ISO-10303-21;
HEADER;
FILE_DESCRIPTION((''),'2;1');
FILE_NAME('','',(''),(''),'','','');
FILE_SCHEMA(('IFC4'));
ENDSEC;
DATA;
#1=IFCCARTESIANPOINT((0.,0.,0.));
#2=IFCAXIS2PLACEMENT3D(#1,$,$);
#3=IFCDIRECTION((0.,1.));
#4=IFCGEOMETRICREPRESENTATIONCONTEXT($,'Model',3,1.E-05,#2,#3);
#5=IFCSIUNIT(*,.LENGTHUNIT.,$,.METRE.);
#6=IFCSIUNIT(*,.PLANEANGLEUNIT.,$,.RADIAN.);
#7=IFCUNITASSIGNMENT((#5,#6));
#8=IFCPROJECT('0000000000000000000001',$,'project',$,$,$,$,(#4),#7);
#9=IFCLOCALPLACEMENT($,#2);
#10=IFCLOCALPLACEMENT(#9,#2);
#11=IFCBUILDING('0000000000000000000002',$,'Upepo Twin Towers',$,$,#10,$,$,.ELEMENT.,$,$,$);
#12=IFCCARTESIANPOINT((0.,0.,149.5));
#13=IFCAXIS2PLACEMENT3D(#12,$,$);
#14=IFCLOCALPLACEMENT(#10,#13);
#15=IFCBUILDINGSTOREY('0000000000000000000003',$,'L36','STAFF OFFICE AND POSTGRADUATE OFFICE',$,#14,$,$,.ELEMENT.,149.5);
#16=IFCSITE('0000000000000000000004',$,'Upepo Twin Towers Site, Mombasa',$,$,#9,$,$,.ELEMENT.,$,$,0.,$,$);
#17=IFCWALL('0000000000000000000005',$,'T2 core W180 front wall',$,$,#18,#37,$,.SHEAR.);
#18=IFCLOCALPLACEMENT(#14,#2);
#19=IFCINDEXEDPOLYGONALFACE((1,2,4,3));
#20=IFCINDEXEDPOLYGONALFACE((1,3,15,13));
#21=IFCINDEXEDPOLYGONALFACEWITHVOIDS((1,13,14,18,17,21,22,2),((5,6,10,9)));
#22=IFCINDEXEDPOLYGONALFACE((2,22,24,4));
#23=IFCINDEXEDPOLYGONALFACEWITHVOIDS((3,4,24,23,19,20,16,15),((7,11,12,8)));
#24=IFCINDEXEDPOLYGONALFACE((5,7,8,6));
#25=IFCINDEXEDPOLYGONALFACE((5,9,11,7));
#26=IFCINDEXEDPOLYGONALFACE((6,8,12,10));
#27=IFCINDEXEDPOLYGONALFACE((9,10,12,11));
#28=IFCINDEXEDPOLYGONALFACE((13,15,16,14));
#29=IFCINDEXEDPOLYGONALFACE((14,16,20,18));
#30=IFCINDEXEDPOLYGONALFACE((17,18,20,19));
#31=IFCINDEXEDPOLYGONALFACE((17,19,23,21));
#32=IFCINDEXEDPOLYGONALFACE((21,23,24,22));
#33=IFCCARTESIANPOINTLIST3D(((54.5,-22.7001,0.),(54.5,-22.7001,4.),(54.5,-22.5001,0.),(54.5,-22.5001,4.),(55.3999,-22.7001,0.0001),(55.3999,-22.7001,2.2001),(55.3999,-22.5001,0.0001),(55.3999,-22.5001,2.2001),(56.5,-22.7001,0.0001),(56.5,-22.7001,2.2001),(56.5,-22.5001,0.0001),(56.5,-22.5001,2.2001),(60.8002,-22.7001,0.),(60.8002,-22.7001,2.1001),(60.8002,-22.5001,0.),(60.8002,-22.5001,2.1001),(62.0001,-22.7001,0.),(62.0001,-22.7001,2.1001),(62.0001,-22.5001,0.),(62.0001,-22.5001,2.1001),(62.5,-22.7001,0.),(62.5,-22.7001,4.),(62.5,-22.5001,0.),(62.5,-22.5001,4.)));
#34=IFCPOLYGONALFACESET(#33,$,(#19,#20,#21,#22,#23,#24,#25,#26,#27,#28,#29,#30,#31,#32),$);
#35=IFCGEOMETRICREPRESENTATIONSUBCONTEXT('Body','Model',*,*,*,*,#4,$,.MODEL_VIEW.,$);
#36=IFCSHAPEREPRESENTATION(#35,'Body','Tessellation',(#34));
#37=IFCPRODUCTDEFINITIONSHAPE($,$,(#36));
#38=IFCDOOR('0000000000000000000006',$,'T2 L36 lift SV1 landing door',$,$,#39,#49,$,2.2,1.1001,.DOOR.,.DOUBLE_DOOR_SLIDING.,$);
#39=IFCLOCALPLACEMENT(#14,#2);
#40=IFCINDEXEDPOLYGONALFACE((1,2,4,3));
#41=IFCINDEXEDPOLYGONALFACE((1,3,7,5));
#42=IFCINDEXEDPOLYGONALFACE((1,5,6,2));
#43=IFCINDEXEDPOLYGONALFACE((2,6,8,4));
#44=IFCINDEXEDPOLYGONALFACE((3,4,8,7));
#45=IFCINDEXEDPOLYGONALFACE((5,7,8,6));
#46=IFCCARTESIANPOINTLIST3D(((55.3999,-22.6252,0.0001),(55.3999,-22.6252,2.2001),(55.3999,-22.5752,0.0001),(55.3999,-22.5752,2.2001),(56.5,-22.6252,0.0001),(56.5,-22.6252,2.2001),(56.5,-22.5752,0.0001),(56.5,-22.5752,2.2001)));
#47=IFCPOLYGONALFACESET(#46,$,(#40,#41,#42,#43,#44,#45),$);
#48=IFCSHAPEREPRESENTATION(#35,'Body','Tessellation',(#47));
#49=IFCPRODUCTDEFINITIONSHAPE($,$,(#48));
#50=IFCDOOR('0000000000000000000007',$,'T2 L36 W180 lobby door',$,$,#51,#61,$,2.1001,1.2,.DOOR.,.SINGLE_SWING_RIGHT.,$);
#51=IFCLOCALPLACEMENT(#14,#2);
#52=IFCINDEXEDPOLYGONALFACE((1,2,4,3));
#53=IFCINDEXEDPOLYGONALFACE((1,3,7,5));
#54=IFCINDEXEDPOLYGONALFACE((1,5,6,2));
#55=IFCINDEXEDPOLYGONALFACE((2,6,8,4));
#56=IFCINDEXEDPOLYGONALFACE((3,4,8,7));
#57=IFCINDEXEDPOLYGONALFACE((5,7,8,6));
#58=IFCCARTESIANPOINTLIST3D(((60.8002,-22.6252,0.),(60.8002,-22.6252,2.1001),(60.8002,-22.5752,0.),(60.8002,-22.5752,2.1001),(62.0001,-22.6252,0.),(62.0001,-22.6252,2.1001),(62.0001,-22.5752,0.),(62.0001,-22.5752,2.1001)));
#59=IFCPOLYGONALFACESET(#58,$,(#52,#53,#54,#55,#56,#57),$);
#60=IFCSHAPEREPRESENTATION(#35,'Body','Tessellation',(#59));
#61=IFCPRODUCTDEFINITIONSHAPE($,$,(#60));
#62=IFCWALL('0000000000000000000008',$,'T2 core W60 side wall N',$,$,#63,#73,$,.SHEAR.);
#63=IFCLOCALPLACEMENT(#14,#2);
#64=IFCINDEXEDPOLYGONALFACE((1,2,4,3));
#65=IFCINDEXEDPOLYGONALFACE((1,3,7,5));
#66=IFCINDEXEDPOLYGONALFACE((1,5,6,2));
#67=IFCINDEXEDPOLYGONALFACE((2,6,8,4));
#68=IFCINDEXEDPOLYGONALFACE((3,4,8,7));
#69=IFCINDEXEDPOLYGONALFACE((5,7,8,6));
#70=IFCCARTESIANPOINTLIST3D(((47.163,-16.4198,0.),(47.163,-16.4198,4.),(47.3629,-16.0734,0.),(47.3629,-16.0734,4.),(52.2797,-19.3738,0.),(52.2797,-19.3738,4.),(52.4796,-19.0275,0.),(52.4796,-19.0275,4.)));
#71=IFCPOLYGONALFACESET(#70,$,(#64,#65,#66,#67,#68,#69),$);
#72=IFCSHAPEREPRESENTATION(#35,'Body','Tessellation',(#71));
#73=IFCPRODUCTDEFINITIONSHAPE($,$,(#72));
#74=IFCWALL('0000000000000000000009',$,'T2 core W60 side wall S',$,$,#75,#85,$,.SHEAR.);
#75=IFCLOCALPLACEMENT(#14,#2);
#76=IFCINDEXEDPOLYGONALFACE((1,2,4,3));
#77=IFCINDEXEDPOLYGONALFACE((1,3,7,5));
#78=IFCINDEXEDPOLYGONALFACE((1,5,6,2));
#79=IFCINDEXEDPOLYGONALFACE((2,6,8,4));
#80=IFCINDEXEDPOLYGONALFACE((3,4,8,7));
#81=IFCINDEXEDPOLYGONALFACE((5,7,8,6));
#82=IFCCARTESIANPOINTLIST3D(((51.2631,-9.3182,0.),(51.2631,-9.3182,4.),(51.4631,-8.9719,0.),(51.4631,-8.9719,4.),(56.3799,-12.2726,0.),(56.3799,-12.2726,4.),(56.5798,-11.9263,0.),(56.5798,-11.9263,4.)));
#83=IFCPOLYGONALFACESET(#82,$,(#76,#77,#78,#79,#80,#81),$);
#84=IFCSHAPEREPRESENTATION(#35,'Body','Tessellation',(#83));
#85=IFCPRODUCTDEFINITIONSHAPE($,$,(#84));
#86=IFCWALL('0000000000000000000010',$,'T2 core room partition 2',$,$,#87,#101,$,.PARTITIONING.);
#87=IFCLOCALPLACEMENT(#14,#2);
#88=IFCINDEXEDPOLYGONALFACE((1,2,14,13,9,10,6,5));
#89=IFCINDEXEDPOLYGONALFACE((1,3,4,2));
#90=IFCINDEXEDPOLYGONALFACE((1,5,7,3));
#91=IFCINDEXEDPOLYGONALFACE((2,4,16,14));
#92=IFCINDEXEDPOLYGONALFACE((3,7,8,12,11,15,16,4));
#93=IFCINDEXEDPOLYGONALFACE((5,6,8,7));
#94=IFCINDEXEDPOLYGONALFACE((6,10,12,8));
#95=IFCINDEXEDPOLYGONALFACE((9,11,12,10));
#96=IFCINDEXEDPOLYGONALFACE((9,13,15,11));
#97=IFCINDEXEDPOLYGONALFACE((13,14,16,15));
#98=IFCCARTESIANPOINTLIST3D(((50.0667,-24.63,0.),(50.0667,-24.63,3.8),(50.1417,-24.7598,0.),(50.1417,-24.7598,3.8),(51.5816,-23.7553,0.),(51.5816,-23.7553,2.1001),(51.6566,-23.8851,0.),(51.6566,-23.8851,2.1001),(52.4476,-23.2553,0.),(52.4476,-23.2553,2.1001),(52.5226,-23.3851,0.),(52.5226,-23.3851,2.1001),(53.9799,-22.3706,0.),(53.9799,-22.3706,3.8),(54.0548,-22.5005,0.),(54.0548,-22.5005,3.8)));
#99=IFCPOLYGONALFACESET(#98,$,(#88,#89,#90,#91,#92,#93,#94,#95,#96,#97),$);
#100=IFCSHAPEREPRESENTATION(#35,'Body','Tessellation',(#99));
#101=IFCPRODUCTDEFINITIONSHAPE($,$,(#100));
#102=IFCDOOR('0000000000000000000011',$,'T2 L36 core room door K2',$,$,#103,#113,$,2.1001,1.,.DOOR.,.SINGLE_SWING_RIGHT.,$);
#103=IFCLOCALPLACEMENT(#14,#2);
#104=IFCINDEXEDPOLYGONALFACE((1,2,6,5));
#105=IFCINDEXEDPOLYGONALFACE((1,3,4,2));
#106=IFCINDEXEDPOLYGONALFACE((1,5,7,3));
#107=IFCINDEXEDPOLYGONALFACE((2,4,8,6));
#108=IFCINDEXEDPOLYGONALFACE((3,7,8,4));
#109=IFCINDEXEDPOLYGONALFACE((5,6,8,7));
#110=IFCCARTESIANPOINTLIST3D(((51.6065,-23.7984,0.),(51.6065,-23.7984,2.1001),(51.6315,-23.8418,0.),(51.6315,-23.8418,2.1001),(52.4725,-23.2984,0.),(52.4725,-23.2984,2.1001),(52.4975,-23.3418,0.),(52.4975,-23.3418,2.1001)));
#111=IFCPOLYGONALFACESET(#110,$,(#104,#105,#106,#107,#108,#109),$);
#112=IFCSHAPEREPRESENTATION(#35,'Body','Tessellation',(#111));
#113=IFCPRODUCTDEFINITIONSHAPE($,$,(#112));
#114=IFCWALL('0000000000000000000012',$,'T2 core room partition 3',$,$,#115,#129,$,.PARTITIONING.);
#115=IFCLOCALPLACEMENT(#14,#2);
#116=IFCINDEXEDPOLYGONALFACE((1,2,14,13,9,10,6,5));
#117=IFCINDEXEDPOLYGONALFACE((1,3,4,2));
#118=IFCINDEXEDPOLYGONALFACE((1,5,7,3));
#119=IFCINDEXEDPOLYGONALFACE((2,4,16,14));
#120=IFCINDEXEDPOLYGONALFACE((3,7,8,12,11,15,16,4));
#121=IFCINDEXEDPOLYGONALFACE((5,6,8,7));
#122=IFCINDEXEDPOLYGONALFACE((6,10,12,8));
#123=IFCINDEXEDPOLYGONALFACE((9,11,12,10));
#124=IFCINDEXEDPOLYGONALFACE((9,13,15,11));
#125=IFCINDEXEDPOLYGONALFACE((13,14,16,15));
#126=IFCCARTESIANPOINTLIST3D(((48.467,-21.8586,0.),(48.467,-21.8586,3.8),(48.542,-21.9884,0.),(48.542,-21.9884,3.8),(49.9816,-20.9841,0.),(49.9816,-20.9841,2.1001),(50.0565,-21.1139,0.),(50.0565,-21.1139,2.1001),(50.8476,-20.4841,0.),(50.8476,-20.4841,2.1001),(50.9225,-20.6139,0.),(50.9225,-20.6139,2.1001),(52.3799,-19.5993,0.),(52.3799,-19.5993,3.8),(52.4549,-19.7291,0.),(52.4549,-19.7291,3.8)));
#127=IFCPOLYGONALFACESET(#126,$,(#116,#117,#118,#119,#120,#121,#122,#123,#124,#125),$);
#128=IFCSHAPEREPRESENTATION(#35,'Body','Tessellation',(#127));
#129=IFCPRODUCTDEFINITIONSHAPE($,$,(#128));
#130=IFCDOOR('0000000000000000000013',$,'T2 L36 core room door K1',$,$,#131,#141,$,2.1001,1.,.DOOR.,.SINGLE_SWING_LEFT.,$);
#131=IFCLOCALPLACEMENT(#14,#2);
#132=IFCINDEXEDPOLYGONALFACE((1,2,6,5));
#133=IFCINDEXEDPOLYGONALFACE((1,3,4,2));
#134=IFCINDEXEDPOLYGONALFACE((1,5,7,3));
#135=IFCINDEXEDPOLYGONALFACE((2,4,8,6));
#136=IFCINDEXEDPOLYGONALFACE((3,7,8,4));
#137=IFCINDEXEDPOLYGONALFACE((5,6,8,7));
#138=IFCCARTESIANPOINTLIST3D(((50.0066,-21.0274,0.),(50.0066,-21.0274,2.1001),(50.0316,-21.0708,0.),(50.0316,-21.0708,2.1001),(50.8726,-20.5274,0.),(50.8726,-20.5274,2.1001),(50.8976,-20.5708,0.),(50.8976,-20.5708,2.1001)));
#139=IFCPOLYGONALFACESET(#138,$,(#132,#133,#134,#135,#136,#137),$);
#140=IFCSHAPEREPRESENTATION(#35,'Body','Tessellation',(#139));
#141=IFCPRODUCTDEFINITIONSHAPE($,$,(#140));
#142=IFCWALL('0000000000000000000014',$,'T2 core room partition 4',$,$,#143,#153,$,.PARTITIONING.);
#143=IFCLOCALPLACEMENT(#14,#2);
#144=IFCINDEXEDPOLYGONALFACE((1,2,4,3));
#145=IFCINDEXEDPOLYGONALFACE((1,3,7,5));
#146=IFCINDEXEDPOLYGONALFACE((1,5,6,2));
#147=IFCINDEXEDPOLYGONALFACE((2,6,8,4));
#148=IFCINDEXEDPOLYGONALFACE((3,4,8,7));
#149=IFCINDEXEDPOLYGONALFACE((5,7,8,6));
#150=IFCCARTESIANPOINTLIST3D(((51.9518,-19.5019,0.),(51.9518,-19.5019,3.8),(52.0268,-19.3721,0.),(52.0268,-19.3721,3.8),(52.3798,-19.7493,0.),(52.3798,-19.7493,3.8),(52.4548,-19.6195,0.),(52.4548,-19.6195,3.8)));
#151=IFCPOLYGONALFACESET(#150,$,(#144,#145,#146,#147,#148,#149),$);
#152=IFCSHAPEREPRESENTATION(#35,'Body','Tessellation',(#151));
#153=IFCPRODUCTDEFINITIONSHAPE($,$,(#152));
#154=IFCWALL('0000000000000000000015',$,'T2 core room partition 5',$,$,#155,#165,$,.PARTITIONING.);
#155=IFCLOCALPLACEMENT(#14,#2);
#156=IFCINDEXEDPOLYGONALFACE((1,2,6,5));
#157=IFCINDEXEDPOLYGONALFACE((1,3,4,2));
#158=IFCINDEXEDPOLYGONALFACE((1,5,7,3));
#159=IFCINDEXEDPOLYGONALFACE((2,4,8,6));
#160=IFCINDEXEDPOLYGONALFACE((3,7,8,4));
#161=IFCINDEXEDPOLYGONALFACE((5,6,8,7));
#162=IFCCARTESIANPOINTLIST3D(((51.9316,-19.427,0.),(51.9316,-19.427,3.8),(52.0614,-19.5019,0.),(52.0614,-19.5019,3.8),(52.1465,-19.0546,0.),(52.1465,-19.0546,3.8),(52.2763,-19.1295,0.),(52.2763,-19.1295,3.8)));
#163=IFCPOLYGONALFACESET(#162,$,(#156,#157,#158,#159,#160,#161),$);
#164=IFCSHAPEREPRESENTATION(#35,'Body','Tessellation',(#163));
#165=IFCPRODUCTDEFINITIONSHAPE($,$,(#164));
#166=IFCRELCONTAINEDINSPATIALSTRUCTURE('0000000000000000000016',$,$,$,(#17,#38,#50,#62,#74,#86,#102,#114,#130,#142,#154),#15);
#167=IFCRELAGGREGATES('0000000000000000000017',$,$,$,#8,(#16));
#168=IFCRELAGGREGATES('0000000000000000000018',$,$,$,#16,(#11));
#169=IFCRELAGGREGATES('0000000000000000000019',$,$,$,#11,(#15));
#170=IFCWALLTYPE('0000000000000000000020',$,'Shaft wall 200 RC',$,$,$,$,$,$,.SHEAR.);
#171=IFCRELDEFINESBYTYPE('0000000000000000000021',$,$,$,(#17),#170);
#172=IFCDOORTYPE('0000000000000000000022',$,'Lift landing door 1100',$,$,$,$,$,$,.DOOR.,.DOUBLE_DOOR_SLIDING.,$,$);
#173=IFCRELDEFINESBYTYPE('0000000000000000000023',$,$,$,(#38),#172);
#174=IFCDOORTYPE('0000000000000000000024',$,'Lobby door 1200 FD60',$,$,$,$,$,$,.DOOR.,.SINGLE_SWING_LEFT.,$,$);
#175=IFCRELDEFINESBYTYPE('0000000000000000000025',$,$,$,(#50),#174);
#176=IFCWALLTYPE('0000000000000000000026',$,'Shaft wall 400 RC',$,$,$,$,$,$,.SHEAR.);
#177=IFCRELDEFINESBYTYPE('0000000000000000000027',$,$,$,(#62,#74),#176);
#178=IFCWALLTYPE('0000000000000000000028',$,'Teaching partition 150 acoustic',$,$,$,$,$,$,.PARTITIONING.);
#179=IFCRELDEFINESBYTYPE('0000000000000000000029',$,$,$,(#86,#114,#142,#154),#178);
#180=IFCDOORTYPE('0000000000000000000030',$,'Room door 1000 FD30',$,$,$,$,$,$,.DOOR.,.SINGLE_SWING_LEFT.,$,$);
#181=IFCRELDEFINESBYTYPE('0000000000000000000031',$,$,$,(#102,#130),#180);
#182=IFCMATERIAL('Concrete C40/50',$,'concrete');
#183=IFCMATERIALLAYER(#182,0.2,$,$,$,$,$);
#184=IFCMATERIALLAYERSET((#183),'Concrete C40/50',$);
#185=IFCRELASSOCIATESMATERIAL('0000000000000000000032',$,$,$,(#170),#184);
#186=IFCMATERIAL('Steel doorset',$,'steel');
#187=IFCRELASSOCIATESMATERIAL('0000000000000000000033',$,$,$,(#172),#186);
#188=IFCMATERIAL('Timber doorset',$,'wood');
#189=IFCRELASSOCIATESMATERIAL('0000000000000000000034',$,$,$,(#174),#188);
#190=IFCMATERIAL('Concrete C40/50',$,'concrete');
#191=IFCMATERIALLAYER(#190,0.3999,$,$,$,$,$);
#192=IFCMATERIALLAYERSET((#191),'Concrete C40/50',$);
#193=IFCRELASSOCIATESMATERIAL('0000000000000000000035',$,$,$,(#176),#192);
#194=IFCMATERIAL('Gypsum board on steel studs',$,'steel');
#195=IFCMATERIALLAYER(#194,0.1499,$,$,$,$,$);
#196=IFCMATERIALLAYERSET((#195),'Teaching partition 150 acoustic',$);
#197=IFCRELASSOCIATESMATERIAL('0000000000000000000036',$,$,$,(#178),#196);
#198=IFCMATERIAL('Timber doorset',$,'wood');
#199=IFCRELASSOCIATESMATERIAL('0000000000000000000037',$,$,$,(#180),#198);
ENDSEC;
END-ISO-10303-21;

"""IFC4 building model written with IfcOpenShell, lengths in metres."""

from ifc_helpers import new_model, si_unit, direction, frame, frame_2d, origin, place, context, subcontext, project, spatial, rectangle, extrude, material, layer, layer_set, type_object, element, fill, save


model = new_model("IFC4")

# Units and contexts
model_context = context("Model", 3, precision=1e-05, world=origin(), true_north=direction((0.0, 1.0)))
body_context = subcontext(model_context, "Body", "Model", "MODEL_VIEW")
ifc_project = project(units=[si_unit("LENGTHUNIT", "METRE"), si_unit("PLANEANGLEUNIT", "RADIAN")], contexts=[model_context])

# Site, building, storey
site_placement = place(None, origin())
site = spatial("IfcSite", under=ifc_project, at=site_placement, Name="Upepo Twin Towers Site, Mombasa", CompositionType="ELEMENT", RefElevation=0.0)
building_placement = place(site_placement, origin())
building = spatial("IfcBuilding", under=site, at=building_placement, Name="Upepo Twin Towers", CompositionType="ELEMENT")
storey_placement = place(building_placement, frame((0.0, 0.0, 149.5)))
storey = spatial("IfcBuildingStorey", under=building, at=storey_placement, Name="L36", Description="STAFF OFFICE AND POSTGRADUATE OFFICE", CompositionType="ELEMENT", Elevation=149.5)

# Shared definitions
ifc_material_1 = material(Name="Concrete C40/50", Category="concrete")
ifc_layer_1 = layer(ifc_material_1, 0.2)
ifc_layer_set_1 = layer_set([ifc_layer_1], Name="Concrete C40/50")
wall_type_1 = type_object("IfcWallType", Name="Shaft wall 200 RC", PredefinedType="SHEAR", material=ifc_layer_set_1)

# Wall, openings, doors
wall_1_placement = place(storey_placement, frame((54.5, -22.6001, 0.0), z_axis=(0.0, 0.0, 1.0), x_axis=(1.0, 0.0, 0.0)))
wall_1 = element("IfcWall", 1, at=wall_1_placement, inside=storey, type_object=wall_type_1, Name="T2 core W180 front wall", PredefinedType="SHEAR", context=body_context, shape_type="SweptSolid", body=[
    extrude(rectangle(XDim=8.0, YDim=0.2, at=frame_2d((4.0, 0.0))), origin(), (0.0, 0.0, 1.0), 4.0),
])
opening_1_placement = place(wall_1_placement, frame((6.3, 0.0, 0.0)))
opening_1 = element("IfcOpeningElement", 2, at=opening_1_placement, cuts=wall_1, PredefinedType="OPENING", context=body_context, shape_type="SweptSolid", body=[
    extrude(rectangle(XDim=1.2, YDim=2.1001, at=frame_2d((0.6001, 1.05))), frame((0.0, 0.1099, 0.0), z_axis=(0.0, -1.0, 0.0), x_axis=(1.0, 0.0, 0.0)), (0.0, 0.0, 1.0), 0.22),
])
opening_2_placement = place(wall_1_placement, frame((0.8999, 0.0, 0.0)))
opening_2 = element("IfcOpeningElement", 3, at=opening_2_placement, cuts=wall_1, PredefinedType="OPENING", context=body_context, shape_type="SweptSolid", body=[
    extrude(rectangle(XDim=1.1001, YDim=2.2, at=frame_2d((0.55, 1.1001))), frame((0.0, 0.1099, 0.0), z_axis=(0.0, -1.0, 0.0), x_axis=(1.0, 0.0, 0.0)), (0.0, 0.0, 1.0), 0.22),
])
ifc_material_2 = material(Name="Steel doorset", Category="steel")
door_type_1 = type_object("IfcDoorType", Name="Lift landing door 1100", OperationType="DOUBLE_DOOR_SLIDING", PredefinedType="DOOR", material=ifc_material_2)
door_1_placement = place(opening_2_placement, origin())
door_1 = element("IfcDoor", 4, at=door_1_placement, inside=storey, type_object=door_type_1, Name="T2 L36 lift SV1 landing door", OperationType="DOUBLE_DOOR_SLIDING", OverallHeight=2.2, OverallWidth=1.1001, PredefinedType="DOOR", context=body_context, shape_type="SweptSolid", body=[
    extrude(rectangle(XDim=1.1001, YDim=2.2, at=frame_2d((0.55, 1.1001))), frame((0.0, 0.0249, 0.0), z_axis=(0.0, -1.0, 0.0), x_axis=(1.0, 0.0, 0.0)), (0.0, 0.0, 1.0), 0.05),
])
fill(opening_2, door_1)
ifc_material_3 = material(Name="Timber doorset", Category="wood")
door_type_2 = type_object("IfcDoorType", Name="Lobby door 1200 FD60", OperationType="SINGLE_SWING_LEFT", PredefinedType="DOOR", material=ifc_material_3)
door_2_placement = place(opening_1_placement, origin())
door_2 = element("IfcDoor", 5, at=door_2_placement, inside=storey, type_object=door_type_2, Name="T2 L36 W180 lobby door", OperationType="SINGLE_SWING_RIGHT", OverallHeight=2.1001, OverallWidth=1.2, PredefinedType="DOOR", context=body_context, shape_type="SweptSolid", body=[
    extrude(rectangle(XDim=1.2, YDim=2.1001, at=frame_2d((0.6001, 1.05))), frame((0.0, 0.0249, 0.0), z_axis=(0.0, -1.0, 0.0), x_axis=(1.0, 0.0, 0.0)), (0.0, 0.0, 1.0), 0.05),
])
fill(opening_1, door_2)

# Walls
ifc_material_4 = material(Name="Concrete C40/50", Category="concrete")
ifc_layer_2 = layer(ifc_material_4, 0.3999)
ifc_layer_set_2 = layer_set([ifc_layer_2], Name="Concrete C40/50")
wall_type_2 = type_object("IfcWallType", Name="Shaft wall 400 RC", PredefinedType="SHEAR", material=ifc_layer_set_2)
wall_2_placement = place(storey_placement, frame((52.3796, -19.2007, 0.0), z_axis=(0.0, 0.0, 1.0), x_axis=(-0.866027, 0.499997, 0.0)))
element("IfcWall", 6, at=wall_2_placement, inside=storey, type_object=wall_type_2, Name="T2 core W60 side wall N", PredefinedType="SHEAR", context=body_context, shape_type="SweptSolid", body=[
    extrude(rectangle(XDim=5.9082, YDim=0.3999, at=frame_2d((2.9541, 0.0))), origin(), (0.0, 0.0, 1.0), 4.0),
])
wall_3_placement = place(storey_placement, frame((56.4797, -12.0994, 0.0), z_axis=(0.0, 0.0, 1.0), x_axis=(-0.866009, 0.500028, 0.0)))
element("IfcWall", 7, at=wall_3_placement, inside=storey, type_object=wall_type_2, Name="T2 core W60 side wall S", PredefinedType="SHEAR", context=body_context, shape_type="SweptSolid", body=[
    extrude(rectangle(XDim=5.9084, YDim=0.3999, at=frame_2d((2.9541, 0.0))), origin(), (0.0, 0.0, 1.0), 4.0),
])

# Walls, openings, doors
ifc_material_5 = material(Name="Gypsum board on steel studs", Category="steel")
ifc_layer_3 = layer(ifc_material_5, 0.1499)
ifc_layer_set_3 = layer_set([ifc_layer_3], Name="Teaching partition 150 acoustic")
wall_type_3 = type_object("IfcWallType", Name="Teaching partition 150 acoustic", PredefinedType="PARTITIONING", material=ifc_layer_set_3)
wall_4_placement = place(storey_placement, frame((54.0173, -22.4355, 0.0), z_axis=(0.0, 0.0, 1.0), x_axis=(-0.86602, -0.500009, 0.0)))
wall_4 = element("IfcWall", 8, at=wall_4_placement, inside=storey, type_object=wall_type_3, Name="T2 core room partition 2", PredefinedType="PARTITIONING", context=body_context, shape_type="SweptSolid", body=[
    extrude(rectangle(XDim=4.5186, YDim=0.1499, at=frame_2d((2.2593, 0.0))), origin(), (0.0, 0.0, 1.0), 3.8),
])
opening_3_placement = place(wall_4_placement, frame((1.7693, 0.0, 0.0)))
opening_3 = element("IfcOpeningElement", 9, at=opening_3_placement, cuts=wall_4, PredefinedType="OPENING", context=body_context, shape_type="SweptSolid", body=[
    extrude(rectangle(XDim=1.0, YDim=2.1001, at=frame_2d((0.5, 1.05))), frame((0.0, 0.085, 0.0), z_axis=(0.0, -1.0, 0.0), x_axis=(1.0, 0.0, 0.0)), (0.0, 0.0, 1.0), 0.1699),
])
ifc_material_6 = material(Name="Timber doorset", Category="wood")
door_type_3 = type_object("IfcDoorType", Name="Room door 1000 FD30", OperationType="SINGLE_SWING_LEFT", PredefinedType="DOOR", material=ifc_material_6)
door_3_placement = place(opening_3_placement, origin())
door_3 = element("IfcDoor", 10, at=door_3_placement, inside=storey, type_object=door_type_3, Name="T2 L36 core room door K2", OperationType="SINGLE_SWING_RIGHT", OverallHeight=2.1001, OverallWidth=1.0, PredefinedType="DOOR", context=body_context, shape_type="SweptSolid", body=[
    extrude(rectangle(XDim=1.0, YDim=2.1001, at=frame_2d((0.5, 1.05))), frame((0.0, 0.0249, 0.0), z_axis=(0.0, -1.0, 0.0), x_axis=(1.0, 0.0, 0.0)), (0.0, 0.0, 1.0), 0.05),
])
fill(opening_3, door_3)
wall_5_placement = place(storey_placement, frame((48.5044, -21.9236, 0.0), z_axis=(0.0, 0.0, 1.0), x_axis=(0.866007, 0.500033, 0.0)))
wall_5 = element("IfcWall", 11, at=wall_5_placement, inside=storey, type_object=wall_type_3, Name="T2 core room partition 3", PredefinedType="PARTITIONING", context=body_context, shape_type="SweptSolid", body=[
    extrude(rectangle(XDim=4.5183, YDim=0.1499, at=frame_2d((2.2593, 0.0))), origin(), (0.0, 0.0, 1.0), 3.8),
])
opening_4_placement = place(wall_5_placement, frame((1.749, 0.0, 0.0)))
opening_4 = element("IfcOpeningElement", 12, at=opening_4_placement, cuts=wall_5, PredefinedType="OPENING", context=body_context, shape_type="SweptSolid", body=[
    extrude(rectangle(XDim=1.0, YDim=2.1001, at=frame_2d((0.5, 1.05))), frame((0.0, 0.085, 0.0), z_axis=(0.0, -1.0, 0.0), x_axis=(1.0, 0.0, 0.0)), (0.0, 0.0, 1.0), 0.1699),
])
door_4_placement = place(opening_4_placement, origin())
door_4 = element("IfcDoor", 13, at=door_4_placement, inside=storey, type_object=door_type_3, Name="T2 L36 core room door K1", OperationType="SINGLE_SWING_LEFT", OverallHeight=2.1001, OverallWidth=1.0, PredefinedType="DOOR", context=body_context, shape_type="SweptSolid", body=[
    extrude(rectangle(XDim=1.0, YDim=2.1001, at=frame_2d((0.5, 1.05))), frame((0.0, 0.0249, 0.0), z_axis=(0.0, -1.0, 0.0), x_axis=(1.0, 0.0, 0.0)), (0.0, 0.0, 1.0), 0.05),
])
fill(opening_4, door_4)

# Walls
wall_6_placement = place(storey_placement, frame((52.4172, -19.6843, 0.0), z_axis=(0.0, 0.0, 1.0), x_axis=(-0.865832, 0.500335, 0.0)))
element("IfcWall", 14, at=wall_6_placement, inside=storey, type_object=wall_type_3, Name="T2 core room partition 4", PredefinedType="PARTITIONING", context=body_context, shape_type="SweptSolid", body=[
    extrude(rectangle(XDim=0.4944, YDim=0.1499, at=frame_2d((0.2471, 0.0))), origin(), (0.0, 0.0, 1.0), 3.8),
])
for number, where, z_axis, x_axis, name in (
    (15, (51.9966, -19.4644, 0.0), (0.0, 0.0, 1.0), (0.499804, 0.866138, 0.0), "T2 core room partition 5"),
):
    element("IfcWall", number, at=place(storey_placement, frame(where, z_axis=z_axis, x_axis=x_axis)), inside=storey, type_object=wall_type_3, Name=name, PredefinedType="PARTITIONING", context=body_context, shape_type="SweptSolid", body=[
        extrude(rectangle(XDim=0.4299, YDim=0.1499, at=frame_2d((0.2148, 0.0))), origin(), (0.0, 0.0, 1.0), 3.8),
    ])

save(model, "model.ifc")
